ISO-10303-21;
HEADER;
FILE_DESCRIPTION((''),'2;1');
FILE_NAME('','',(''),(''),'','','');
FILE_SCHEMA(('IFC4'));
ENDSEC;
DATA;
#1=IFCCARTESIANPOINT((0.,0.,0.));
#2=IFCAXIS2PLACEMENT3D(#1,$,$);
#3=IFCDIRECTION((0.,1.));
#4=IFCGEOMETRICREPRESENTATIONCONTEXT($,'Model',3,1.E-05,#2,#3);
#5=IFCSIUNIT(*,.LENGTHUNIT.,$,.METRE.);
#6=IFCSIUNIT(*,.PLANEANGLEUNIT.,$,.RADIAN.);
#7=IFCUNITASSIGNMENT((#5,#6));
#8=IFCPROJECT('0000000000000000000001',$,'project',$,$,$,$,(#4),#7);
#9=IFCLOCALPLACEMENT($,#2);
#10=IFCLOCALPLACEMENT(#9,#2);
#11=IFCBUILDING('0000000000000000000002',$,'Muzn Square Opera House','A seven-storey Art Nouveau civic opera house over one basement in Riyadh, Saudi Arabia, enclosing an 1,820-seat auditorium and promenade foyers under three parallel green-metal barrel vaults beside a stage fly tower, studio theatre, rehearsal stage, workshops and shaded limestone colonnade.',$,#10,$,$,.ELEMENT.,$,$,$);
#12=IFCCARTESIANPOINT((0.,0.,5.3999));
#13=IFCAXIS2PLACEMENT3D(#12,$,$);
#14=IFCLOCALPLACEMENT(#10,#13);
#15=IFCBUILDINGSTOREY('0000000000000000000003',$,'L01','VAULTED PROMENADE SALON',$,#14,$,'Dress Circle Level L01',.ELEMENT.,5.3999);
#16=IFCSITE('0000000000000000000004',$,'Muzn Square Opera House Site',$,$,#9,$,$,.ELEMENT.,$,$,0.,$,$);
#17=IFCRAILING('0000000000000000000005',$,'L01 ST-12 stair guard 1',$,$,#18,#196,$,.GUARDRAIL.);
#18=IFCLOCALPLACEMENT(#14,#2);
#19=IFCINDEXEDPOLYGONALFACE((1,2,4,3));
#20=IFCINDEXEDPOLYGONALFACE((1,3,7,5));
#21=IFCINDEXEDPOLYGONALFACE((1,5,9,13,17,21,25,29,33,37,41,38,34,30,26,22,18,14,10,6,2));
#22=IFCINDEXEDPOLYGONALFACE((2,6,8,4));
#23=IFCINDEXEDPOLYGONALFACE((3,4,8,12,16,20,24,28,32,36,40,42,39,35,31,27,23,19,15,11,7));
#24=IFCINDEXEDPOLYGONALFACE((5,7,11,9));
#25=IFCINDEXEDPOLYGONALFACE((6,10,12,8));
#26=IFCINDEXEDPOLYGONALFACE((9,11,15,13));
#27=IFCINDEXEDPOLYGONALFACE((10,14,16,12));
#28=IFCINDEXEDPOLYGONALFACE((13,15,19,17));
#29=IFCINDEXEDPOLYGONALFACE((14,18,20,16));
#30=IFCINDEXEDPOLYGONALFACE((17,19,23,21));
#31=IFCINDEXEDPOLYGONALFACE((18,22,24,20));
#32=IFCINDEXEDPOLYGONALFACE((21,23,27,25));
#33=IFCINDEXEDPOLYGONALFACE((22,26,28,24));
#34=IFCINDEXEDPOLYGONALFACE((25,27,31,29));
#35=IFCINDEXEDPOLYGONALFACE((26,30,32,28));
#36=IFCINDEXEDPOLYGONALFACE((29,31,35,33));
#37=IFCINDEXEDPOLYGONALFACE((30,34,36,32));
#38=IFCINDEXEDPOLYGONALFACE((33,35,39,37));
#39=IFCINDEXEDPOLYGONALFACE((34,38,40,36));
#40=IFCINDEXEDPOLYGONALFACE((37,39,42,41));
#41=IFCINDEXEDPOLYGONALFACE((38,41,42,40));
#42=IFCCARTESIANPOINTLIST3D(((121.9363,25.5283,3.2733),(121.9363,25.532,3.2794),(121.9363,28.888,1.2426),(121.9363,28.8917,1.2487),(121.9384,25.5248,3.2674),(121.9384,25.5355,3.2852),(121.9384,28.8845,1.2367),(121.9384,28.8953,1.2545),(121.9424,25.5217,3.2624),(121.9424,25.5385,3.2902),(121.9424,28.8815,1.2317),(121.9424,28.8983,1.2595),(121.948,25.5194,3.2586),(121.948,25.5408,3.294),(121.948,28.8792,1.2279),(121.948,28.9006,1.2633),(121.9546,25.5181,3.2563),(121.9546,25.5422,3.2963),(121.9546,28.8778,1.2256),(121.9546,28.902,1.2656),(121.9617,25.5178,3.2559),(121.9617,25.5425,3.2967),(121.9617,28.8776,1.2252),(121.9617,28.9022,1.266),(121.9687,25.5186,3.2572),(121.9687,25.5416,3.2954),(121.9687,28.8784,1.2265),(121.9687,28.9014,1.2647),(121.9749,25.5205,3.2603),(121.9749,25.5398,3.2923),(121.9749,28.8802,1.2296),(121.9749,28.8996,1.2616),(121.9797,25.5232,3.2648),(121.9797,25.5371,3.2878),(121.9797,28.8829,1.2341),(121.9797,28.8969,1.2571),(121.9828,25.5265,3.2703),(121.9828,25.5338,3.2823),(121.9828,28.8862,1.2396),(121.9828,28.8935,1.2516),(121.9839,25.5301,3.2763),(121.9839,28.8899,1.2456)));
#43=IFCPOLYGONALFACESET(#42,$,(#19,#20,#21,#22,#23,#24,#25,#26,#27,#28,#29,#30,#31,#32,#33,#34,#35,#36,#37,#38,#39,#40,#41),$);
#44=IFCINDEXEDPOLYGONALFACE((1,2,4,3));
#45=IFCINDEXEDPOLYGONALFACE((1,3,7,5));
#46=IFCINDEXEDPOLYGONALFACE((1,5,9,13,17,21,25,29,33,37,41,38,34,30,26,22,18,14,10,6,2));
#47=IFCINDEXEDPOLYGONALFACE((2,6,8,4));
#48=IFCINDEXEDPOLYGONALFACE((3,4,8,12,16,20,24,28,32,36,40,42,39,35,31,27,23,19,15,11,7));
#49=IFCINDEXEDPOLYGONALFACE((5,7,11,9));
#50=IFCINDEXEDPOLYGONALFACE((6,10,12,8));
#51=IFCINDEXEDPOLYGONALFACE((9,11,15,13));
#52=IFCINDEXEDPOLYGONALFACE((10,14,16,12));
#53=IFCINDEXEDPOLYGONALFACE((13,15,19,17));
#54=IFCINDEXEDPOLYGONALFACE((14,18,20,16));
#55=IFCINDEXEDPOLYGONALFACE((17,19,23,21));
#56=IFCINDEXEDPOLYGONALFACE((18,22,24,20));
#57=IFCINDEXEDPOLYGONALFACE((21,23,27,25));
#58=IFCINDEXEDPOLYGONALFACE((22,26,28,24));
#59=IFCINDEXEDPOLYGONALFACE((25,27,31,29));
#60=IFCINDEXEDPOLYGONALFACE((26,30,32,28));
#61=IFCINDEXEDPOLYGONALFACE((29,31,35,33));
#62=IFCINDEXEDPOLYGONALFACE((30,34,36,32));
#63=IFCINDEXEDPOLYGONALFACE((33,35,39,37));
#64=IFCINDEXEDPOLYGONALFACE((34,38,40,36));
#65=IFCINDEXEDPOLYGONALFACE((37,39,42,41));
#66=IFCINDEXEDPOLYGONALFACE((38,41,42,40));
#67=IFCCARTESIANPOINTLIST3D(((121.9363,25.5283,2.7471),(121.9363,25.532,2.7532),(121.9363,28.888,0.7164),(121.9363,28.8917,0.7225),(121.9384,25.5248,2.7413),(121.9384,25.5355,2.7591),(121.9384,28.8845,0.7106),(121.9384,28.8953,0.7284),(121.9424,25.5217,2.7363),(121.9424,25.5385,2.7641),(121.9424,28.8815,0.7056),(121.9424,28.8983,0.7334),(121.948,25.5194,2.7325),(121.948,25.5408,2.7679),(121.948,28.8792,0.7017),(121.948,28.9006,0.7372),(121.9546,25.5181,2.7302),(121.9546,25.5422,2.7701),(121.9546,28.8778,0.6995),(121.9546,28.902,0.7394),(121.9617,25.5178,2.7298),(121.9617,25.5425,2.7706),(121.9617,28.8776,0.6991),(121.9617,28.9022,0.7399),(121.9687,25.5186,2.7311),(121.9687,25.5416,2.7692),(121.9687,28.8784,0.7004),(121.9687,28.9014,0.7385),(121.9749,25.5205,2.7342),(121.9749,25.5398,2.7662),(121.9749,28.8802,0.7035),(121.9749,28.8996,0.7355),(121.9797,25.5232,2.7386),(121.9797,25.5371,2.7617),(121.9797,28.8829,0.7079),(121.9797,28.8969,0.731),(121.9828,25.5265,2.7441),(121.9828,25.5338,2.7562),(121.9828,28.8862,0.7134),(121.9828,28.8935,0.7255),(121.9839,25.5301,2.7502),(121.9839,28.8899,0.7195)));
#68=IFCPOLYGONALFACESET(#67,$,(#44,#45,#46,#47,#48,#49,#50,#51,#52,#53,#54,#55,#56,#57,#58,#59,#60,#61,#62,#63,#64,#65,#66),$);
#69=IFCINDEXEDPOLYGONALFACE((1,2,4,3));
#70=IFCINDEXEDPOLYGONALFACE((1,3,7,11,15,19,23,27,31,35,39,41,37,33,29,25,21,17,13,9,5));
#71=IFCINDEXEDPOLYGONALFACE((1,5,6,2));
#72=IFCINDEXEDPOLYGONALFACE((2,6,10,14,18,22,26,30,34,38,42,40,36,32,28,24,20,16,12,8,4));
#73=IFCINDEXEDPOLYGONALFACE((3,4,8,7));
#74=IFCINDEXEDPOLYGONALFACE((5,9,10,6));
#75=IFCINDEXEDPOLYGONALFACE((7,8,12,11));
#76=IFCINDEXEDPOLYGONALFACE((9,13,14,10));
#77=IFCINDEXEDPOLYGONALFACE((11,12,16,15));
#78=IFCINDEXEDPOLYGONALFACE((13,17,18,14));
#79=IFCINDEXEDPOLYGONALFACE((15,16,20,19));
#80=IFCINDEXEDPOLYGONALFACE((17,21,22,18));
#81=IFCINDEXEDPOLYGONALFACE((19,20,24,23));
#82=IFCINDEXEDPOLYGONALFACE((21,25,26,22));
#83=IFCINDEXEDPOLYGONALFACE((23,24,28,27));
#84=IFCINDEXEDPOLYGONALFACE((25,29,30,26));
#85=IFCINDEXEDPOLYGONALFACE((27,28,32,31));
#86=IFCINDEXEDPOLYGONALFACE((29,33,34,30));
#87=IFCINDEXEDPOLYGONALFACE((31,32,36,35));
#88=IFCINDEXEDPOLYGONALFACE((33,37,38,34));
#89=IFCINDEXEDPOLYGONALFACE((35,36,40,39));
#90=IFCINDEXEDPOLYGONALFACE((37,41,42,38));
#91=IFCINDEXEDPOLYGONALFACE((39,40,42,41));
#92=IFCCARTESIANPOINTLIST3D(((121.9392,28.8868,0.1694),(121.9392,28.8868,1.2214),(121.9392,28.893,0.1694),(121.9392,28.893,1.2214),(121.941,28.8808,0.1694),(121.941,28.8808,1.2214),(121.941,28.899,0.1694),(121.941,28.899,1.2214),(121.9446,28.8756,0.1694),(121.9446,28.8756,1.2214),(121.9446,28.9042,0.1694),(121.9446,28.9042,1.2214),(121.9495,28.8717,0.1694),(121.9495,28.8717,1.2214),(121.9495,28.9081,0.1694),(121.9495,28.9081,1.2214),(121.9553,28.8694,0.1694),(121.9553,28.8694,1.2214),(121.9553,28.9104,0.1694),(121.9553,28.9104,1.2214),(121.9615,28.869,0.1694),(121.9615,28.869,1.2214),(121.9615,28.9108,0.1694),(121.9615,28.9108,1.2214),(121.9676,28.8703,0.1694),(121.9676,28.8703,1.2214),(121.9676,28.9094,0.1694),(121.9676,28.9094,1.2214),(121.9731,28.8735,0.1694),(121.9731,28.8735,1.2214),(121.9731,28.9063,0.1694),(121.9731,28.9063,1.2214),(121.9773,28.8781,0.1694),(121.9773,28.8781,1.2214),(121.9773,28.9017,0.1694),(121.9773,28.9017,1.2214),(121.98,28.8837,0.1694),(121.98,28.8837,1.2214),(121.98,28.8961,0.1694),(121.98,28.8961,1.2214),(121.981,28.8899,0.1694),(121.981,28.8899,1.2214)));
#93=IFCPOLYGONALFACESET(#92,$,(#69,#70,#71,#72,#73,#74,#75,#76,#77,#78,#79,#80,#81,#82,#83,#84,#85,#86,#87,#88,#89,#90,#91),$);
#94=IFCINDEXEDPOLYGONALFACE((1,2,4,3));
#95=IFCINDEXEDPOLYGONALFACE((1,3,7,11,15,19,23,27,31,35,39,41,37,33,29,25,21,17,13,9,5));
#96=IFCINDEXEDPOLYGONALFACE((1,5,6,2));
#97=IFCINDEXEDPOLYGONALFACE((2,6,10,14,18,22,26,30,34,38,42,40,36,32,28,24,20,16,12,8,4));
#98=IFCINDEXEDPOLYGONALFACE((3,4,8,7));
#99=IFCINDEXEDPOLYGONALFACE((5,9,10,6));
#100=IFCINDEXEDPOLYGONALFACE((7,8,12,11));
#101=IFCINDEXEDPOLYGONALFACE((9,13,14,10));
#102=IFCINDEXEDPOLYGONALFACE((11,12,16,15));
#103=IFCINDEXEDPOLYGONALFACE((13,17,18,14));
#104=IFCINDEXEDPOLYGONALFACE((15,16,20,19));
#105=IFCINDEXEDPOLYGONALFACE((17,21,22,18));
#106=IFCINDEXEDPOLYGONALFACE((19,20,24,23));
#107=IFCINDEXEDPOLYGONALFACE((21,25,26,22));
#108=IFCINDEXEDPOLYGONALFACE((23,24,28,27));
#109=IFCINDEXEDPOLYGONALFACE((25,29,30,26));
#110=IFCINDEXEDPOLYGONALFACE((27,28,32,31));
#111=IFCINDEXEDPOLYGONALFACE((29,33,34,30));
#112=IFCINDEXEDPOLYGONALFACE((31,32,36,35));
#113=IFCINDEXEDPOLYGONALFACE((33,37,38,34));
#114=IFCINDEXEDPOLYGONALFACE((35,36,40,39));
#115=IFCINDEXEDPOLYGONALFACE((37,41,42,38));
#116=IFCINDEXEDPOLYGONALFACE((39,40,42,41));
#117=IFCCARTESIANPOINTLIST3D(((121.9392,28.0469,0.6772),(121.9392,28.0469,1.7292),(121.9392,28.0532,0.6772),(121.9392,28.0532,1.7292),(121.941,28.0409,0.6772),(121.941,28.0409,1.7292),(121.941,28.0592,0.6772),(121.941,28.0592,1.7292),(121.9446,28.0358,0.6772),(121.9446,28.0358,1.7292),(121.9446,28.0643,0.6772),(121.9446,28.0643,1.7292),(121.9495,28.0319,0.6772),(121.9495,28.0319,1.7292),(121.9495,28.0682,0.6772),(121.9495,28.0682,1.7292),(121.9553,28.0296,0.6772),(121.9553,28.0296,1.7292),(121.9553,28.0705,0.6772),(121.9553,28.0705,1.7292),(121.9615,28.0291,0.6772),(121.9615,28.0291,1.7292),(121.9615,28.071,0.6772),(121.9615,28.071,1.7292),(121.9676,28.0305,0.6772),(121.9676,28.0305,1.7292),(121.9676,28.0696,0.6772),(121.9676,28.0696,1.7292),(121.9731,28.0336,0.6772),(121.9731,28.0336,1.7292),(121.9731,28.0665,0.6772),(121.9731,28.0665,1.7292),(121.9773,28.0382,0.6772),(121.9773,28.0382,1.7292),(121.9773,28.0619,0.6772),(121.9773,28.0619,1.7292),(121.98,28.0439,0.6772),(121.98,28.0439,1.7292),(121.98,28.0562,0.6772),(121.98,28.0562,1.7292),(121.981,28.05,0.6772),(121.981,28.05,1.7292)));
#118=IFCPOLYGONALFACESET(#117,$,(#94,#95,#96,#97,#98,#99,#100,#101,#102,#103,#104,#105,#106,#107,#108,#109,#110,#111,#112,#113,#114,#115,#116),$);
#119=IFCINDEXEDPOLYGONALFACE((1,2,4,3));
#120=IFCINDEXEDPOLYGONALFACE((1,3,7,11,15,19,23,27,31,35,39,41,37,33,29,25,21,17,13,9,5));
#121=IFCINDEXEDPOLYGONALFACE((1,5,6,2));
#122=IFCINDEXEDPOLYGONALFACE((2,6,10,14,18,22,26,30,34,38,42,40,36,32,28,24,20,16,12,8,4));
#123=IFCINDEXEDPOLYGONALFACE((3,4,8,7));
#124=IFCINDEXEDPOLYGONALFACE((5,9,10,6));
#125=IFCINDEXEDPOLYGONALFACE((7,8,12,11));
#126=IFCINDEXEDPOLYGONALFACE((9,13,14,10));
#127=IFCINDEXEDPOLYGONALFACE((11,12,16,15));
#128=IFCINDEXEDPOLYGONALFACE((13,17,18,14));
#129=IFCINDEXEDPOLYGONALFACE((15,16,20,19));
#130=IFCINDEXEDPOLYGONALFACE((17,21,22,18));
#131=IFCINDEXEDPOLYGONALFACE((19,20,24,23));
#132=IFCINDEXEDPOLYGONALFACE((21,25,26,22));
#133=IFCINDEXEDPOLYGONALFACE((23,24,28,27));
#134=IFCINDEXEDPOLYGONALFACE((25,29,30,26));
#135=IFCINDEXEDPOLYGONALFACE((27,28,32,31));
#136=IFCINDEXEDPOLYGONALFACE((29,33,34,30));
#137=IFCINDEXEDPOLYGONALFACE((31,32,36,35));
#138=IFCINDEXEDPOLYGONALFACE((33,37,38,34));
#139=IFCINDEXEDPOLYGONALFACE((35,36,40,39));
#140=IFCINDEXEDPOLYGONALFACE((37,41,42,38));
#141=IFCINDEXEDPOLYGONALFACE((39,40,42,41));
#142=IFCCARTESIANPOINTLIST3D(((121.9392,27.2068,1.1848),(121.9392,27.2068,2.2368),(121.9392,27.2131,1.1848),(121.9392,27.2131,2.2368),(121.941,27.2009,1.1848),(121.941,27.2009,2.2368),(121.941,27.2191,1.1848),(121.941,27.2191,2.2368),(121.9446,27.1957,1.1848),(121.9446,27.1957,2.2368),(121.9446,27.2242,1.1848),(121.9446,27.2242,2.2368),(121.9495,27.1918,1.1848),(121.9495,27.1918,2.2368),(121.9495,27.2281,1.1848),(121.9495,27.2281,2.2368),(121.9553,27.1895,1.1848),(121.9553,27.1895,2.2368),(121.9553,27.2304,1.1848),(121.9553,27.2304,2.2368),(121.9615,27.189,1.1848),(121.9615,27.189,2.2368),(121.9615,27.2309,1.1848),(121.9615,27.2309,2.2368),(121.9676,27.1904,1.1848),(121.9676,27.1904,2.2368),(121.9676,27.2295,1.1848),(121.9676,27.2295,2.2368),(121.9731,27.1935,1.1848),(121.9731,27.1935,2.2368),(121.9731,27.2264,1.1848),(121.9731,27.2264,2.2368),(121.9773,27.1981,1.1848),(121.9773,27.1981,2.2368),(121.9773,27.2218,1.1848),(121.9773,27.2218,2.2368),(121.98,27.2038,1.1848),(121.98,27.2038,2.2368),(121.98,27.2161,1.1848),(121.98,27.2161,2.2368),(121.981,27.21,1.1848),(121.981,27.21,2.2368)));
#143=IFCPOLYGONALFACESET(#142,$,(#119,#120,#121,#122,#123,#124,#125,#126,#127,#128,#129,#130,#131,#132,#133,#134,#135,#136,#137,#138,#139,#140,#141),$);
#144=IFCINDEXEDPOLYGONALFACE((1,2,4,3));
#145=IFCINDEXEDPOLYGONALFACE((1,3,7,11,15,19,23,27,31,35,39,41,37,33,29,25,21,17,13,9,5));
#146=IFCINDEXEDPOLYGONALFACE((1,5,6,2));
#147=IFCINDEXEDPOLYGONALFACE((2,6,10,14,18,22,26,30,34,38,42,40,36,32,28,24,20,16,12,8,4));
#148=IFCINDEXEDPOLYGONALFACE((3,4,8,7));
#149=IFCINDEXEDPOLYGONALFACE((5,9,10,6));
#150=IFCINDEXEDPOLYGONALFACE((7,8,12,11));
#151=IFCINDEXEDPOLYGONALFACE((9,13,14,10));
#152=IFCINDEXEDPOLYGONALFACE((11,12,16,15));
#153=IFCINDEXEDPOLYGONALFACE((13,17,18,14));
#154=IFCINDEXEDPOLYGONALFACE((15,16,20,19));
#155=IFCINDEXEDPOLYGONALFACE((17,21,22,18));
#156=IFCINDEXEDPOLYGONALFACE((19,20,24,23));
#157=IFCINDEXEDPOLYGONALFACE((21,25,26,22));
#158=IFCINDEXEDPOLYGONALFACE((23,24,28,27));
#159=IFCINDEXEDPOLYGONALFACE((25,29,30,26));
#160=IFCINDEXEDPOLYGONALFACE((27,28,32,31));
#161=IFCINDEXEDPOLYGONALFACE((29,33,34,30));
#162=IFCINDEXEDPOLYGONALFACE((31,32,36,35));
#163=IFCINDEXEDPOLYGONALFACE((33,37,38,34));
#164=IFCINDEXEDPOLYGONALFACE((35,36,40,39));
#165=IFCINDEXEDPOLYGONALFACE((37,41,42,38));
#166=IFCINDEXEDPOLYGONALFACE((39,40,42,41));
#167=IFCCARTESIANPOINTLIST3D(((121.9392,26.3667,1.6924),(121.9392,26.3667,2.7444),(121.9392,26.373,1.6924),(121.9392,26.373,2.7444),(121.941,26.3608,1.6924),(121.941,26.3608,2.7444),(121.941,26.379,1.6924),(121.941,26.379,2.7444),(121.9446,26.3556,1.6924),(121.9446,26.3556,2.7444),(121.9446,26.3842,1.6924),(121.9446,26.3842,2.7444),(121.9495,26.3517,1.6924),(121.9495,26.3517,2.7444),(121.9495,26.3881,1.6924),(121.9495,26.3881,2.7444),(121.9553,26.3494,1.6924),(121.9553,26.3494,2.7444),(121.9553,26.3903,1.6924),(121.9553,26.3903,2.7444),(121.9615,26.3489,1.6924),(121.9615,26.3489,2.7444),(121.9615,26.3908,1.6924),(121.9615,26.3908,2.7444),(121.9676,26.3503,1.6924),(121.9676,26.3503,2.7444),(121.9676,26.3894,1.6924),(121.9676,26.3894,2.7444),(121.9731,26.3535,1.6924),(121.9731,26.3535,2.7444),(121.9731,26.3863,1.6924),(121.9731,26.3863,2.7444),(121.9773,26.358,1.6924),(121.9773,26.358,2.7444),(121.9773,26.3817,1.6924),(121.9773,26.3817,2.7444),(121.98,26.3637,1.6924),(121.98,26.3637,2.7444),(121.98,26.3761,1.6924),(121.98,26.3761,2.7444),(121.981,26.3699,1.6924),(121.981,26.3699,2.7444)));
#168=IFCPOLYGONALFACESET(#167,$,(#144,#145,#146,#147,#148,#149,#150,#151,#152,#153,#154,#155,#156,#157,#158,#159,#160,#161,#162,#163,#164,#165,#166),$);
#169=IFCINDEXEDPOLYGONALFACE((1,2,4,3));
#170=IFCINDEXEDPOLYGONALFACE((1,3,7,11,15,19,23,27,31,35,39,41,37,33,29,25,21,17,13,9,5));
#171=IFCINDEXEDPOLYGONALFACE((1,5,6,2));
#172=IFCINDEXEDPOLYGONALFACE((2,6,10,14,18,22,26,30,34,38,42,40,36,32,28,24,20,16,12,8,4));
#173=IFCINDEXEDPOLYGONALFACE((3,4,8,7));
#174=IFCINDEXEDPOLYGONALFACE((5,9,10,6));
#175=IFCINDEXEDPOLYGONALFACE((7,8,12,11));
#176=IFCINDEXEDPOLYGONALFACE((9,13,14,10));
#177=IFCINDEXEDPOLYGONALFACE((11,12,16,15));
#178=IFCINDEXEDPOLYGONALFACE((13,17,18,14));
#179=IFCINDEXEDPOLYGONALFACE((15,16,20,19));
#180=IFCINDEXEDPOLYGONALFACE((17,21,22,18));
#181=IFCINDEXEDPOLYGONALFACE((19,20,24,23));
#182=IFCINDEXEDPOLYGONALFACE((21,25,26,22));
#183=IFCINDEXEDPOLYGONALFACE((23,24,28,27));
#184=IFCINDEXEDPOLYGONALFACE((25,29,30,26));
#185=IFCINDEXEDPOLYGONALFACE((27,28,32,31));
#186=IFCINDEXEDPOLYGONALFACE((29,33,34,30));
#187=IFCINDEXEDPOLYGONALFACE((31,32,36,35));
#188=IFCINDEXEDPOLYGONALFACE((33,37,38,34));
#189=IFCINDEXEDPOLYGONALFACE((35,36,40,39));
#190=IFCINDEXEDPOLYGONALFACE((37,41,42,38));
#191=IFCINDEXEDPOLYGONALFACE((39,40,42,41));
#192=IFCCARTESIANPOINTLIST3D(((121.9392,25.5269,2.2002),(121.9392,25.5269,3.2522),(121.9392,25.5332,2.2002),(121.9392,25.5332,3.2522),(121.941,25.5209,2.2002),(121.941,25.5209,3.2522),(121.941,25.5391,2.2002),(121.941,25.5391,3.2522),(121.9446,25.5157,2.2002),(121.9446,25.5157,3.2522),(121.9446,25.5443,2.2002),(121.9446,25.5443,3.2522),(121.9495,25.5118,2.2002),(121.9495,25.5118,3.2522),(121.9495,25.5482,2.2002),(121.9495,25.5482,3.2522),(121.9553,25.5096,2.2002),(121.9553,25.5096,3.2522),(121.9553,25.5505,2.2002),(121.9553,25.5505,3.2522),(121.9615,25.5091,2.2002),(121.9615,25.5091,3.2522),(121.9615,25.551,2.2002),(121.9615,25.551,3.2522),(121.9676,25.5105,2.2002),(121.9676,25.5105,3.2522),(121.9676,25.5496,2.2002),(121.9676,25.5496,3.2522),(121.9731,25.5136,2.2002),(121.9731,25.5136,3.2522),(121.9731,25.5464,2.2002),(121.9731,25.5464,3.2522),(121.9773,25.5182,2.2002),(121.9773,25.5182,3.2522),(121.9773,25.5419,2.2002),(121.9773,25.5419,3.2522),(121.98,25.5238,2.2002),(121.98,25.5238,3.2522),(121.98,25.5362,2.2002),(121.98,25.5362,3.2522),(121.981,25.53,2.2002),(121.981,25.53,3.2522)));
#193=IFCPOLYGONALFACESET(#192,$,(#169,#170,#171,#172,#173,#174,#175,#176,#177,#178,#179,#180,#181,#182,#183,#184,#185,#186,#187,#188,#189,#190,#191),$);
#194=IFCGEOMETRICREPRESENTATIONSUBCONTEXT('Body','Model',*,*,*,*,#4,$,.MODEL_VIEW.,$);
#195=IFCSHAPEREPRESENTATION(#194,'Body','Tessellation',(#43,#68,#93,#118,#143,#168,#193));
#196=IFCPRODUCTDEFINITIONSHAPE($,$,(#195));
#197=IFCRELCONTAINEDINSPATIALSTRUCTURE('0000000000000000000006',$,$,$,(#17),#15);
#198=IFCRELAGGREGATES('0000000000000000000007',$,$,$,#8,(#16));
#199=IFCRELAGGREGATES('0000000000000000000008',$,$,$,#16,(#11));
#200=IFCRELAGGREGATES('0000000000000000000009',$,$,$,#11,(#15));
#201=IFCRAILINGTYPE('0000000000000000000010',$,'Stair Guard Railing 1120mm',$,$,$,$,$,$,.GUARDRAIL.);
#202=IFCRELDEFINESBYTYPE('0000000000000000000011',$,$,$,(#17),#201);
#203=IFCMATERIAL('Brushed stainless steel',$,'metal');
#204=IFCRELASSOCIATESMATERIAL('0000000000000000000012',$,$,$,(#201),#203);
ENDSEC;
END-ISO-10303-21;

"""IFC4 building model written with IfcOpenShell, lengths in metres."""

from ifc_helpers import new_model, si_unit, direction, frame, origin, origin_2d, place, context, subcontext, project, spatial, circle, extrude, material, type_object, element, save


model = new_model("IFC4")

# Units and contexts
model_context = context("Model", 3, precision=1e-05, world=origin(), true_north=direction((0.0, 1.0)))
body_context = subcontext(model_context, "Body", "Model", "MODEL_VIEW")
ifc_project = project(units=[si_unit("LENGTHUNIT", "METRE"), si_unit("PLANEANGLEUNIT", "RADIAN")], contexts=[model_context])

# Site, building, storey
site_placement = place(None, origin())
site = spatial("IfcSite", under=ifc_project, at=site_placement, Name="Muzn Square Opera House Site", CompositionType="ELEMENT", RefElevation=0.0)
building_placement = place(site_placement, origin())
building = spatial("IfcBuilding", under=site, at=building_placement, Name="Muzn Square Opera House", Description="A seven-storey Art Nouveau civic opera house over one basement in Riyadh, Saudi Arabia, enclosing an 1,820-seat auditorium and promenade foyers under three parallel green-metal barrel vaults beside a stage fly tower, studio theatre, rehearsal stage, workshops and shaded limestone colonnade.", CompositionType="ELEMENT")
storey_placement = place(building_placement, frame((0.0, 0.0, 5.3999)))
storey = spatial("IfcBuildingStorey", under=building, at=storey_placement, Name="L01", Description="VAULTED PROMENADE SALON", LongName="Dress Circle Level L01", CompositionType="ELEMENT", Elevation=5.3999)

# Railing
ifc_material_1 = material(Name="Brushed stainless steel", Category="metal")
railing_type_1 = type_object("IfcRailingType", Name="Stair Guard Railing 1120mm", PredefinedType="GUARDRAIL", material=ifc_material_1)
railing_1_placement = place(storey_placement, frame((121.96, 28.8899, 0.1694)))
element("IfcRailing", 1, at=railing_1_placement, inside=storey, type_object=railing_type_1, Name="L01 ST-12 stair guard 1", PredefinedType="GUARDRAIL", context=body_context, shape_type="SweptSolid", body=[
    extrude(circle(Radius=0.0239, at=origin_2d()), frame((0.0, 0.0, 1.0762), z_axis=(0.0, -0.85582, 0.517273), x_axis=(1.0, 0.0, 0.0)), (0.0, 0.0, 1.0), 3.9258),
    extrude(circle(Radius=0.0239, at=origin_2d()), frame((0.0, 0.0, 0.55), z_axis=(0.0, -0.85582, 0.517273), x_axis=(1.0, 0.0, 0.0)), (0.0, 0.0, 1.0), 3.9258),
    extrude(circle(Radius=0.021, at=origin_2d()), origin(), (0.0, 0.0, 1.0), 1.052),
    extrude(circle(Radius=0.021, at=origin_2d()), frame((0.0, -0.8398, 0.5078)), (0.0, 0.0, 1.0), 1.052),
    extrude(circle(Radius=0.021, at=origin_2d()), frame((0.0, -1.6799, 1.0154)), (0.0, 0.0, 1.0), 1.052),
    extrude(circle(Radius=0.021, at=origin_2d()), frame((0.0, -2.52, 1.5229)), (0.0, 0.0, 1.0), 1.052),
    extrude(circle(Radius=0.021, at=origin_2d()), frame((0.0, -3.3599, 2.0308)), (0.0, 0.0, 1.0), 1.052),
])

save(model, "model.ifc")
